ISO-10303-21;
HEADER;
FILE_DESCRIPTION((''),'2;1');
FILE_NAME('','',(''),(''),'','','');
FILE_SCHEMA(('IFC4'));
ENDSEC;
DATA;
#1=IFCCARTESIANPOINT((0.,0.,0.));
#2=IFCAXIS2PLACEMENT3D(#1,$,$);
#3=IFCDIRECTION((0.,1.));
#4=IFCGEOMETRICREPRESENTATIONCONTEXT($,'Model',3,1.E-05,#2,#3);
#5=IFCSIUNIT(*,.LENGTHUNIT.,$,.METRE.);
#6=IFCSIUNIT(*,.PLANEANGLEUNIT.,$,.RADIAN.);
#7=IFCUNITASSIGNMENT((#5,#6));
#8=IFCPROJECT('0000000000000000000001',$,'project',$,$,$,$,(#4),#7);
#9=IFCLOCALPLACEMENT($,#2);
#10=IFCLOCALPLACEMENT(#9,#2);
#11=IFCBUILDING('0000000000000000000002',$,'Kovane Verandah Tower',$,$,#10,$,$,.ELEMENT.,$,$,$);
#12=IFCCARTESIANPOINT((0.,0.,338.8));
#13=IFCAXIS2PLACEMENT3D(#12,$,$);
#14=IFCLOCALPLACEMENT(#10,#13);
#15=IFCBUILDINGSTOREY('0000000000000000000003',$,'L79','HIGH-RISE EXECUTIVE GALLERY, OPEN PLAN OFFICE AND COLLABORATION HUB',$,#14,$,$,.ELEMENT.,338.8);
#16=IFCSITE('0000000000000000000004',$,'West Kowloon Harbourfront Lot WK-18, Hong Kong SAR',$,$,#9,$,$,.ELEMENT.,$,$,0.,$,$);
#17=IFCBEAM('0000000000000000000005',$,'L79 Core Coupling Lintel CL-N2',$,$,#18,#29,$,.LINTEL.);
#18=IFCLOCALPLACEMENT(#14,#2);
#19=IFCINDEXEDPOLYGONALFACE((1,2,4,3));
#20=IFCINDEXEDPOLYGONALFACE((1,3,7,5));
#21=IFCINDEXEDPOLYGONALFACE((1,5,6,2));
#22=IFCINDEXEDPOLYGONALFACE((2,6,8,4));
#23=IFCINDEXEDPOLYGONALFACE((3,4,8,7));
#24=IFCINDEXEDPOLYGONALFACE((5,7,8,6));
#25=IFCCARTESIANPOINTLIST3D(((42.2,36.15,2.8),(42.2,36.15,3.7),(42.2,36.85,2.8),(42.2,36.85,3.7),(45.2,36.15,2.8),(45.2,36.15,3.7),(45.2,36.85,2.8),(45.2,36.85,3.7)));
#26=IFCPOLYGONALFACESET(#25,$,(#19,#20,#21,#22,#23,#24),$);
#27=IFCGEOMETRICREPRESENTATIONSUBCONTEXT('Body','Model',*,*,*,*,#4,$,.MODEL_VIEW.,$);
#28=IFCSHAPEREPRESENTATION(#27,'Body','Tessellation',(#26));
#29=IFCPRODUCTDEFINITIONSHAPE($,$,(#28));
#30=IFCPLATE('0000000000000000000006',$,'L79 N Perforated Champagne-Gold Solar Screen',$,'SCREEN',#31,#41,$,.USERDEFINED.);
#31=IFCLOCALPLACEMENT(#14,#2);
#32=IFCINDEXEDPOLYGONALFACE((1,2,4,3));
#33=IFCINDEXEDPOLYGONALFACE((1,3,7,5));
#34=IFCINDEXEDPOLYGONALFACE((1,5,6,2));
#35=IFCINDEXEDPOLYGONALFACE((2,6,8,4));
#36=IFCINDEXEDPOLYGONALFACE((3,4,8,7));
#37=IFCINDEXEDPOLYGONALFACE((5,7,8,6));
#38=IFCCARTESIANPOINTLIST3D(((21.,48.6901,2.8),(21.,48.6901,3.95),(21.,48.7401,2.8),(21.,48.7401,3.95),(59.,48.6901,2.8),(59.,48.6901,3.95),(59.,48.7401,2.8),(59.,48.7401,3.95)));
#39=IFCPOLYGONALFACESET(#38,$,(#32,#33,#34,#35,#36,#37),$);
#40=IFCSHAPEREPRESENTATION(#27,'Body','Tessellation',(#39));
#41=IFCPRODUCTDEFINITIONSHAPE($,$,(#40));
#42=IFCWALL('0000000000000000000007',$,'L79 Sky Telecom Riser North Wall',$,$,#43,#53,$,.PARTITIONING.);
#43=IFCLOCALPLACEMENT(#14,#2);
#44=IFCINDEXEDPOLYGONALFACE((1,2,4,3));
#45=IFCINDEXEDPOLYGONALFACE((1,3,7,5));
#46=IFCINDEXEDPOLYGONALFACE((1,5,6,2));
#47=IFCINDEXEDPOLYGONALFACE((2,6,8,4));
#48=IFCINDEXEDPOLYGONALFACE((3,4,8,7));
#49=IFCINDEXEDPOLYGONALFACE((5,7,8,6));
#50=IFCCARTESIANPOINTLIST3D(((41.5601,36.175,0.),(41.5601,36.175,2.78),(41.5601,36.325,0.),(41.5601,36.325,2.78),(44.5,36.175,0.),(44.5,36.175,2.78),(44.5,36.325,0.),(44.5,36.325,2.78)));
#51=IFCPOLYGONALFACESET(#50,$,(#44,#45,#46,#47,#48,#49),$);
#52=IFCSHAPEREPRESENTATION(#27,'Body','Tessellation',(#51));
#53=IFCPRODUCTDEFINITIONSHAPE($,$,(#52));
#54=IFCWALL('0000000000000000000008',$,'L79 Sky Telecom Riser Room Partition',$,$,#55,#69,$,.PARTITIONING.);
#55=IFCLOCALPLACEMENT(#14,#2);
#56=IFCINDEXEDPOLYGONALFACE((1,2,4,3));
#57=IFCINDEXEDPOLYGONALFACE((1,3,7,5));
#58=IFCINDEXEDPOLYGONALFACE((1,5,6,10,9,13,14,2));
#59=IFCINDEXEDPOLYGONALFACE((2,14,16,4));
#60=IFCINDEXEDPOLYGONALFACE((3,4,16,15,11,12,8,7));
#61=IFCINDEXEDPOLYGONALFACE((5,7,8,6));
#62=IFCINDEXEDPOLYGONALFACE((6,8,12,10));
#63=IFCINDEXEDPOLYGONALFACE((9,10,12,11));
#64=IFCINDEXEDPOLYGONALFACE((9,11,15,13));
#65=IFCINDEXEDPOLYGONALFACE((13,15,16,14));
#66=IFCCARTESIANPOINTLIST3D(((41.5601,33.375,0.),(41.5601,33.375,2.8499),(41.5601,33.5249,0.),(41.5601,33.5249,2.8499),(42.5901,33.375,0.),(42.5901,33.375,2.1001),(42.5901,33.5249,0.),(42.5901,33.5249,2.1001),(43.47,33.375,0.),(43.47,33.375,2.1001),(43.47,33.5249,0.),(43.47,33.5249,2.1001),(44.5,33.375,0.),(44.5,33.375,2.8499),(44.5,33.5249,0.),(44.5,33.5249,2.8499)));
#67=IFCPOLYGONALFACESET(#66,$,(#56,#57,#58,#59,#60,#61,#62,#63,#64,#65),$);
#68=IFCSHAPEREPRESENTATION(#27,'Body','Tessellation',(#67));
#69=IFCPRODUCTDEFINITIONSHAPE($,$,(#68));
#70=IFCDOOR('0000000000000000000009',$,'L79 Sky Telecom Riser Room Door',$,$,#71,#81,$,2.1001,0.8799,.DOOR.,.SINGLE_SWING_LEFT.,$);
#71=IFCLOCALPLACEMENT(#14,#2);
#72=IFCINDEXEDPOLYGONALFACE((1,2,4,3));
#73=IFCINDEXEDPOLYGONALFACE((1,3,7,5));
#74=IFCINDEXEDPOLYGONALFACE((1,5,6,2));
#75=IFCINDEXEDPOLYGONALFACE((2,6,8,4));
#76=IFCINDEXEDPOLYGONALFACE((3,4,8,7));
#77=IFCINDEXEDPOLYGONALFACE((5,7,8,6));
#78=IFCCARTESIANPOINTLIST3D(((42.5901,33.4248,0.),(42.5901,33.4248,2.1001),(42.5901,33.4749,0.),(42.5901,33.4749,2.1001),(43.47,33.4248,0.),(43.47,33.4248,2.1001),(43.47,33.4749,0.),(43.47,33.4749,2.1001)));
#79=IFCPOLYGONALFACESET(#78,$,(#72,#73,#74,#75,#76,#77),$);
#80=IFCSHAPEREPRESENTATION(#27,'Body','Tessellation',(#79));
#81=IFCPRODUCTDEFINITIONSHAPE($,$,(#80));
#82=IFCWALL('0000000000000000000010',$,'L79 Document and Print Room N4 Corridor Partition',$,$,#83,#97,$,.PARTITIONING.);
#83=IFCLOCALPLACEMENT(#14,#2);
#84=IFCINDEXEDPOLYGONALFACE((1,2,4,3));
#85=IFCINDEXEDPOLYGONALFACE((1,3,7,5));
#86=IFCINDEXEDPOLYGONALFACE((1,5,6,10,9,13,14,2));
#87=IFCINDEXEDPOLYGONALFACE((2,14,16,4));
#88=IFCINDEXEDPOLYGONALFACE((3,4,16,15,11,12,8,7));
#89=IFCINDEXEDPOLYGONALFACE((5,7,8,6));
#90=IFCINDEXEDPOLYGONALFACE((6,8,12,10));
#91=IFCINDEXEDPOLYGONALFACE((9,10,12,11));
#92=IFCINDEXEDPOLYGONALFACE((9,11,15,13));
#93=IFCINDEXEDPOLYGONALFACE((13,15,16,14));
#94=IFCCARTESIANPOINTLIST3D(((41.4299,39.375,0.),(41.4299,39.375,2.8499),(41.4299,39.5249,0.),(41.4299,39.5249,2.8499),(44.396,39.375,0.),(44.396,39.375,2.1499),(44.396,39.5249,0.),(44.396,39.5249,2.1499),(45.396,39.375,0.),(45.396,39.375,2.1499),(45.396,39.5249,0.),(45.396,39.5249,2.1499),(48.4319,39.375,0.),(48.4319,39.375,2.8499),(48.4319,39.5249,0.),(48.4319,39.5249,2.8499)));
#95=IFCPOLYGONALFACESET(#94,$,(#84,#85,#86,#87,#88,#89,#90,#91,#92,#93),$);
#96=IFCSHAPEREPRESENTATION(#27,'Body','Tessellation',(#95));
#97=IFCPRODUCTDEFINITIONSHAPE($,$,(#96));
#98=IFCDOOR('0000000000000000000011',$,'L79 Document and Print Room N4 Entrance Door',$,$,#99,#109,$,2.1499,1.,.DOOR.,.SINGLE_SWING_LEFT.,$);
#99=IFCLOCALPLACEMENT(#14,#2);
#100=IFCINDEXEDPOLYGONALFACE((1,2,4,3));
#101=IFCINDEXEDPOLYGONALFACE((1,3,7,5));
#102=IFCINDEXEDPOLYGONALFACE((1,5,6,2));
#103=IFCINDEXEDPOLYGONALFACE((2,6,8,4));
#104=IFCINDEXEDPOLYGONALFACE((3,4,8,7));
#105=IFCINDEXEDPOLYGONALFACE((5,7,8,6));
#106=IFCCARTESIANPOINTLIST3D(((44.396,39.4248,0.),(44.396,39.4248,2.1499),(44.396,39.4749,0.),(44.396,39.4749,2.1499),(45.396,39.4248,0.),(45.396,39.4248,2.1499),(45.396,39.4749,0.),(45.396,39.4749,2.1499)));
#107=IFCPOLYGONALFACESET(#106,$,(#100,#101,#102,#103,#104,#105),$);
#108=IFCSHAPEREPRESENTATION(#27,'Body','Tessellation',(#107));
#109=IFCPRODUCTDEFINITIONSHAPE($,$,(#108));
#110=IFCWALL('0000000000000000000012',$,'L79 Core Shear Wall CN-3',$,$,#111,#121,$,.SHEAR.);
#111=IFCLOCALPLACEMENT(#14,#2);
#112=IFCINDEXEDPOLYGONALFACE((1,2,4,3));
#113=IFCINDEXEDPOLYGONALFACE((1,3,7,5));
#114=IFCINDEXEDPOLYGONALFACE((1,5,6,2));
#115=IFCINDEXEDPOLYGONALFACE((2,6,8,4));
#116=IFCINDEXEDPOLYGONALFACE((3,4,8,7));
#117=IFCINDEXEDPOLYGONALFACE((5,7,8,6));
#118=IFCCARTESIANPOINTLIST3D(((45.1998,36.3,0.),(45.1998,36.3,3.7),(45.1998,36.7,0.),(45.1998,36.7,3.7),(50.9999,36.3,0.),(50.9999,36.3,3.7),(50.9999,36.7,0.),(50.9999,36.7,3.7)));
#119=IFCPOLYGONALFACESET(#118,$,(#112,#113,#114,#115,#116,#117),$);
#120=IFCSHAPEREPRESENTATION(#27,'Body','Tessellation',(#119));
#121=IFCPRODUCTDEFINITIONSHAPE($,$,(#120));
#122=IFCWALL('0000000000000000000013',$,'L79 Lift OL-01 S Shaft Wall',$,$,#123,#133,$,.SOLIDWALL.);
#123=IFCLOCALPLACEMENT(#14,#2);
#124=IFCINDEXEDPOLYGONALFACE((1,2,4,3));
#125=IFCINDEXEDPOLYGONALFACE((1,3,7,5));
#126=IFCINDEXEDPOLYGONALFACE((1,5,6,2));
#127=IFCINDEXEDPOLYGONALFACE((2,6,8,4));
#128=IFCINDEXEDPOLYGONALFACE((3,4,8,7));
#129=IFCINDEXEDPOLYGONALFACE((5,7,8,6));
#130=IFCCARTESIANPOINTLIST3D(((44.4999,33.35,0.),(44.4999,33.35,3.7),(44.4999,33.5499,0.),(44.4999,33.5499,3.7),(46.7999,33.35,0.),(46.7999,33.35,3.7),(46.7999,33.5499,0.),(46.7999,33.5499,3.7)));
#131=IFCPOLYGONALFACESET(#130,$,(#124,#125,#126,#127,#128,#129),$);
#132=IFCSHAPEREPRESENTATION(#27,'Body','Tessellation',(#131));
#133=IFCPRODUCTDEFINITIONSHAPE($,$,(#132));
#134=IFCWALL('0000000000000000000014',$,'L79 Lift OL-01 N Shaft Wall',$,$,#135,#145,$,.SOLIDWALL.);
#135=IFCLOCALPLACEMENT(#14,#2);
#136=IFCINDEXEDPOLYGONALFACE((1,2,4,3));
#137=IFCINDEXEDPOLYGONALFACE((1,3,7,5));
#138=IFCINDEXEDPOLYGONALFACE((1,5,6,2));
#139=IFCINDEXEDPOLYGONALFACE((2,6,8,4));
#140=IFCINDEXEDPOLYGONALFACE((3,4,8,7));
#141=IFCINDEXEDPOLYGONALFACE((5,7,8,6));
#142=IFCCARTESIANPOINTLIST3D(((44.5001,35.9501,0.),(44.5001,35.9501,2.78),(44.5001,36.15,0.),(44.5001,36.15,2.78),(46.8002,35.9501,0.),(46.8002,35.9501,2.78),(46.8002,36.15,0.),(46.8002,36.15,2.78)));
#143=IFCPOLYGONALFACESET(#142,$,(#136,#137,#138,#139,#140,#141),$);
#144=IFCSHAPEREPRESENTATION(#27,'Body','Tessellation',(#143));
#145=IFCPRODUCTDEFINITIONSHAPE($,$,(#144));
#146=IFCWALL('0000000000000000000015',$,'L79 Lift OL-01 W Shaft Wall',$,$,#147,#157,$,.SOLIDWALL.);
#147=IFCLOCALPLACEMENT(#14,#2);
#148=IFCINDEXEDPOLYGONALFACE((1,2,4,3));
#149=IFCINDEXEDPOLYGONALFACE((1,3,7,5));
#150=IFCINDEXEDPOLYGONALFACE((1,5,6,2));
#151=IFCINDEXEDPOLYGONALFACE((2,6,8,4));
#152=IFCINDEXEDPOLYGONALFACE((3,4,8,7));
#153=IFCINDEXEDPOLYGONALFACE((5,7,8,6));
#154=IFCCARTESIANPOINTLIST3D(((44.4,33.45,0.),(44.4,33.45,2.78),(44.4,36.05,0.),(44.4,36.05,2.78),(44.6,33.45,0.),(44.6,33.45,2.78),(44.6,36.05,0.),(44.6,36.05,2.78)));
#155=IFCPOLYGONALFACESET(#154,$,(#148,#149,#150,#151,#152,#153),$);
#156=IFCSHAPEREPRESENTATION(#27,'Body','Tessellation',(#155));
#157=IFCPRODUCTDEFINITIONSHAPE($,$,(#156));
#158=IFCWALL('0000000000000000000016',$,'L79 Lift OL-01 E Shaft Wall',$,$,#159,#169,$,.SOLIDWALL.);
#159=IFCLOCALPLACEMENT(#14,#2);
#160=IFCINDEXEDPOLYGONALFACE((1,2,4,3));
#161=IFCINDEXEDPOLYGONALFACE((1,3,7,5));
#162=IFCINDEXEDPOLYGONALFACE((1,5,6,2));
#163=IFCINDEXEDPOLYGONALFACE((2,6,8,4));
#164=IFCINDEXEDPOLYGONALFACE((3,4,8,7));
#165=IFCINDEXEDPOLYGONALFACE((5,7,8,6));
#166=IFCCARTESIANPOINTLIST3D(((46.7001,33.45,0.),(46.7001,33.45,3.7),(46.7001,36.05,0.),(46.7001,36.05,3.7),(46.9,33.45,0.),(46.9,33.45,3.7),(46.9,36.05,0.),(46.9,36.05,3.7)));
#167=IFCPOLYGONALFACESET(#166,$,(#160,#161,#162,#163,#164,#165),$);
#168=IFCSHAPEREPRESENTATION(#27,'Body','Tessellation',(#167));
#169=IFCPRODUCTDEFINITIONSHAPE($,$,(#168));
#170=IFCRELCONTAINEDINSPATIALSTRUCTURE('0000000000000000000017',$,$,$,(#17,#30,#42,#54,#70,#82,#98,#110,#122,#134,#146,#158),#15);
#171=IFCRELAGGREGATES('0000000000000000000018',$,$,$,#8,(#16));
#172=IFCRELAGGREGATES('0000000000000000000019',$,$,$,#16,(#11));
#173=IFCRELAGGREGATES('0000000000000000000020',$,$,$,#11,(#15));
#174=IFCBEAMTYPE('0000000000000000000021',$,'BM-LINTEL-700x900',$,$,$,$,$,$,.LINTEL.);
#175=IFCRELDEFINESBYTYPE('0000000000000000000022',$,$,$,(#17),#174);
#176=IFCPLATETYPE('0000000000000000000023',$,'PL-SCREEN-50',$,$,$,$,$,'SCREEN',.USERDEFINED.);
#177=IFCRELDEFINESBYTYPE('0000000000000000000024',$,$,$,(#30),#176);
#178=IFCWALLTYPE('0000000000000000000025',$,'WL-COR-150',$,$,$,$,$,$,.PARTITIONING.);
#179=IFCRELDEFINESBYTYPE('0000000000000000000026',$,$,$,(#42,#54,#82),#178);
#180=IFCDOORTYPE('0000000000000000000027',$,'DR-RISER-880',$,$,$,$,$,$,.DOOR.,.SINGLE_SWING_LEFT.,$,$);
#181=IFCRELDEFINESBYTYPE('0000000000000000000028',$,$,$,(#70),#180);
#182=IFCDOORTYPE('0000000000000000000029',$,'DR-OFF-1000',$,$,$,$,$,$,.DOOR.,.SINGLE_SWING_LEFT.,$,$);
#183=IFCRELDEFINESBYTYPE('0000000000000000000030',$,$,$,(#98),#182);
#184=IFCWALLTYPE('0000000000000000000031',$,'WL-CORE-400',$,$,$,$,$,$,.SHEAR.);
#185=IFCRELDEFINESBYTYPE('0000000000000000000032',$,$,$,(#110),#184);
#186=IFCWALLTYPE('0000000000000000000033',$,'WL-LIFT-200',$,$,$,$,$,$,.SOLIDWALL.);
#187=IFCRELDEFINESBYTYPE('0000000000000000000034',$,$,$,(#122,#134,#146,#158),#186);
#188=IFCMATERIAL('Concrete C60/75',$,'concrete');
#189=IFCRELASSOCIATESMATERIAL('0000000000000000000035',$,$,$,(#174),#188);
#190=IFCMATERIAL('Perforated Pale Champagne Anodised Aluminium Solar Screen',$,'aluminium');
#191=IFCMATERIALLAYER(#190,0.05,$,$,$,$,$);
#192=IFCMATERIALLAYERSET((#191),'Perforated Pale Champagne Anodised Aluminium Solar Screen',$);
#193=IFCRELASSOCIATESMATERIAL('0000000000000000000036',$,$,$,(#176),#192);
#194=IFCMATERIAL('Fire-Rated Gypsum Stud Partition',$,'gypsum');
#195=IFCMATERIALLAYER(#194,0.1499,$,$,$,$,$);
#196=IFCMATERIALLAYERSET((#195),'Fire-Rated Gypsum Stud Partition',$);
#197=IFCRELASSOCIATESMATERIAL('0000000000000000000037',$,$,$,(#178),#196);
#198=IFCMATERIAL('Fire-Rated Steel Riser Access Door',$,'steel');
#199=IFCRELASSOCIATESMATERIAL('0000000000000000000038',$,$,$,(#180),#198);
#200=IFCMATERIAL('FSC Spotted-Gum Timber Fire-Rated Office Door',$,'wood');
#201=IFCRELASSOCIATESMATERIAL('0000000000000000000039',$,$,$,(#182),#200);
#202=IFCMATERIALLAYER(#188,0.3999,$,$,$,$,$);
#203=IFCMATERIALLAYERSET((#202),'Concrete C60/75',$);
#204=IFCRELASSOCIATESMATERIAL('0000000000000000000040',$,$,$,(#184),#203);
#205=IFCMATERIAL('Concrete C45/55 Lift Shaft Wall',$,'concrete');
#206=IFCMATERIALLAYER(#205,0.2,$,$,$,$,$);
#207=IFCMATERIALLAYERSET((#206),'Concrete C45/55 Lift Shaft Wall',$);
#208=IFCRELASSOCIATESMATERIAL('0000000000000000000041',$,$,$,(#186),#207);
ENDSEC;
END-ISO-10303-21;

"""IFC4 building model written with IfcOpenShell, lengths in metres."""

from ifc_helpers import new_model, si_unit, direction, frame, frame_2d, origin, origin_2d, place, context, subcontext, project, spatial, rectangle, extrude, material, layer, layer_set, material_profile, profile_set, type_object, element, fill, save


model = new_model("IFC4")

# Units and contexts
model_context = context("Model", 3, precision=1e-05, world=origin(), true_north=direction((0.0, 1.0)))
body_context = subcontext(model_context, "Body", "Model", "MODEL_VIEW")
ifc_project = project(units=[si_unit("LENGTHUNIT", "METRE"), si_unit("PLANEANGLEUNIT", "RADIAN")], contexts=[model_context])

# Site, building, storey
site_placement = place(None, origin())
site = spatial("IfcSite", under=ifc_project, at=site_placement, Name="West Kowloon Harbourfront Lot WK-18, Hong Kong SAR", CompositionType="ELEMENT", RefElevation=0.0)
building_placement = place(site_placement, origin())
building = spatial("IfcBuilding", under=site, at=building_placement, Name="Kovane Verandah Tower", CompositionType="ELEMENT")
storey_placement = place(building_placement, frame((0.0, 0.0, 338.8)))
storey = spatial("IfcBuildingStorey", under=building, at=storey_placement, Name="L79", Description="HIGH-RISE EXECUTIVE GALLERY, OPEN PLAN OFFICE AND COLLABORATION HUB", CompositionType="ELEMENT", Elevation=338.8)

# Beam
ifc_material_1 = material(Name="Concrete C60/75", Category="concrete")
ifc_material_profile = material_profile(ifc_material_1, rectangle(XDim=0.7, YDim=0.8999, at=origin_2d()), Name="RCB700x900")
ifc_profile_set = profile_set([ifc_material_profile], Name="Concrete C60/75")
beam_type = type_object("IfcBeamType", Name="BM-LINTEL-700x900", PredefinedType="LINTEL", material=ifc_profile_set)
beam_placement = place(storey_placement, frame((42.2, 36.5, 3.25), z_axis=(1.0, 0.0, 0.0), x_axis=(0.0, 1.0, 0.0)))
element("IfcBeam", 1, at=beam_placement, inside=storey, type_object=beam_type, Name="L79 Core Coupling Lintel CL-N2", PredefinedType="LINTEL", context=body_context, shape_type="SweptSolid", body=[
    extrude(rectangle(XDim=0.7, YDim=0.8999, at=origin_2d()), origin(), (0.0, 0.0, 1.0), 3.0),
])

# Plate
ifc_material_2 = material(Name="Perforated Pale Champagne Anodised Aluminium Solar Screen", Category="aluminium")
ifc_layer_1 = layer(ifc_material_2, 0.05)
ifc_layer_set_1 = layer_set([ifc_layer_1], Name="Perforated Pale Champagne Anodised Aluminium Solar Screen")
plate_type = type_object("IfcPlateType", Name="PL-SCREEN-50", ElementType="SCREEN", PredefinedType="USERDEFINED", material=ifc_layer_set_1)
plate_placement = place(storey_placement, frame((40.0, 48.7151, 2.8), z_axis=(0.0, 0.0, 1.0), x_axis=(-1.0, 0.0, 0.0)))
element("IfcPlate", 2, at=plate_placement, inside=storey, type_object=plate_type, Name="L79 N Perforated Champagne-Gold Solar Screen", ObjectType="SCREEN", PredefinedType="USERDEFINED", context=body_context, shape_type="SweptSolid", body=[
    extrude(rectangle(XDim=38.0, YDim=0.05, at=origin_2d()), origin(), (0.0, 0.0, 1.0), 1.1499),
])

# Wall
ifc_material_3 = material(Name="Fire-Rated Gypsum Stud Partition", Category="gypsum")
ifc_layer_2 = layer(ifc_material_3, 0.1499)
ifc_layer_set_2 = layer_set([ifc_layer_2], Name="Fire-Rated Gypsum Stud Partition")
wall_type_1 = type_object("IfcWallType", Name="WL-COR-150", PredefinedType="PARTITIONING", material=ifc_layer_set_2)
wall_1_placement = place(storey_placement, frame((41.5601, 36.25, 0.0), z_axis=(0.0, 0.0, 1.0), x_axis=(1.0, 0.0, 0.0)))
element("IfcWall", 3, at=wall_1_placement, inside=storey, type_object=wall_type_1, Name="L79 Sky Telecom Riser North Wall", PredefinedType="PARTITIONING", context=body_context, shape_type="SweptSolid", body=[
    extrude(rectangle(XDim=2.9399, YDim=0.1499, at=frame_2d((1.47, 0.0))), origin(), (0.0, 0.0, 1.0), 2.78),
])

# Walls, openings, doors
wall_2_placement = place(storey_placement, frame((41.5601, 33.45, 0.0), z_axis=(0.0, 0.0, 1.0), x_axis=(1.0, 0.0, 0.0)))
wall_2 = element("IfcWall", 4, at=wall_2_placement, inside=storey, type_object=wall_type_1, Name="L79 Sky Telecom Riser Room Partition", PredefinedType="PARTITIONING", context=body_context, shape_type="SweptSolid", body=[
    extrude(rectangle(XDim=2.9399, YDim=0.1499, at=frame_2d((1.47, 0.0))), origin(), (0.0, 0.0, 1.0), 2.8499),
])
opening_1_placement = place(wall_2_placement, frame((1.03, 0.0, 0.0)))
opening_1 = element("IfcOpeningElement", 5, at=opening_1_placement, cuts=wall_2, PredefinedType="OPENING", context=body_context, shape_type="SweptSolid", body=[
    extrude(rectangle(XDim=0.8799, YDim=2.1001, at=frame_2d((0.4399, 1.05))), frame((0.0, 0.075, 0.0), z_axis=(0.0, -1.0, 0.0), x_axis=(1.0, 0.0, 0.0)), (0.0, 0.0, 1.0), 0.1499),
])
ifc_material_4 = material(Name="Fire-Rated Steel Riser Access Door", Category="steel")
door_type_1 = type_object("IfcDoorType", Name="DR-RISER-880", OperationType="SINGLE_SWING_LEFT", PredefinedType="DOOR", material=ifc_material_4)
door_1_placement = place(opening_1_placement, origin())
door_1 = element("IfcDoor", 6, at=door_1_placement, inside=storey, type_object=door_type_1, Name="L79 Sky Telecom Riser Room Door", OperationType="SINGLE_SWING_LEFT", OverallHeight=2.1001, OverallWidth=0.8799, PredefinedType="DOOR", context=body_context, shape_type="SweptSolid", body=[
    extrude(rectangle(XDim=0.8799, YDim=2.1001, at=frame_2d((0.4399, 1.05))), frame((0.0, 0.0249, 0.0), z_axis=(0.0, -1.0, 0.0), x_axis=(1.0, 0.0, 0.0)), (0.0, 0.0, 1.0), 0.05),
])
fill(opening_1, door_1)
wall_3_placement = place(storey_placement, frame((41.4299, 39.45, 0.0), z_axis=(0.0, 0.0, 1.0), x_axis=(1.0, 0.0, 0.0)))
wall_3 = element("IfcWall", 7, at=wall_3_placement, inside=storey, type_object=wall_type_1, Name="L79 Document and Print Room N4 Corridor Partition", PredefinedType="PARTITIONING", context=body_context, shape_type="SweptSolid", body=[
    extrude(rectangle(XDim=7.002, YDim=0.1499, at=frame_2d((3.501, 0.0))), origin(), (0.0, 0.0, 1.0), 2.8499),
])
opening_2_placement = place(wall_3_placement, frame((2.9661, 0.0, 0.0)))
opening_2 = element("IfcOpeningElement", 8, at=opening_2_placement, cuts=wall_3, PredefinedType="OPENING", context=body_context, shape_type="SweptSolid", body=[
    extrude(rectangle(XDim=1.0, YDim=2.1499, at=frame_2d((0.5, 1.075))), frame((0.0, 0.075, 0.0), z_axis=(0.0, -1.0, 0.0), x_axis=(1.0, 0.0, 0.0)), (0.0, 0.0, 1.0), 0.1499),
])
ifc_material_5 = material(Name="FSC Spotted-Gum Timber Fire-Rated Office Door", Category="wood")
door_type_2 = type_object("IfcDoorType", Name="DR-OFF-1000", OperationType="SINGLE_SWING_LEFT", PredefinedType="DOOR", material=ifc_material_5)
door_2_placement = place(opening_2_placement, origin())
door_2 = element("IfcDoor", 9, at=door_2_placement, inside=storey, type_object=door_type_2, Name="L79 Document and Print Room N4 Entrance Door", OperationType="SINGLE_SWING_LEFT", OverallHeight=2.1499, OverallWidth=1.0, PredefinedType="DOOR", context=body_context, shape_type="SweptSolid", body=[
    extrude(rectangle(XDim=1.0, YDim=2.1499, at=frame_2d((0.5, 1.075))), frame((0.0, 0.0249, 0.0), z_axis=(0.0, -1.0, 0.0), x_axis=(1.0, 0.0, 0.0)), (0.0, 0.0, 1.0), 0.05),
])
fill(opening_2, door_2)

# Walls
ifc_layer_3 = layer(ifc_material_1, 0.3999)
ifc_layer_set_3 = layer_set([ifc_layer_3], Name="Concrete C60/75")
wall_type_2 = type_object("IfcWallType", Name="WL-CORE-400", PredefinedType="SHEAR", material=ifc_layer_set_3)
wall_4_placement = place(storey_placement, frame((45.2, 36.5, 0.0), z_axis=(0.0, 0.0, 1.0), x_axis=(1.0, 0.0, 0.0)))
element("IfcWall", 10, at=wall_4_placement, inside=storey, type_object=wall_type_2, Name="L79 Core Shear Wall CN-3", PredefinedType="SHEAR", context=body_context, shape_type="SweptSolid", body=[
    extrude(rectangle(XDim=5.8, YDim=0.3999, at=frame_2d((2.8999, 0.0))), origin(), (0.0, 0.0, 1.0), 3.7),
])
ifc_material_6 = material(Name="Concrete C45/55 Lift Shaft Wall", Category="concrete")
ifc_layer_4 = layer(ifc_material_6, 0.2)
ifc_layer_set_4 = layer_set([ifc_layer_4], Name="Concrete C45/55 Lift Shaft Wall")
wall_type_3 = type_object("IfcWallType", Name="WL-LIFT-200", PredefinedType="SOLIDWALL", material=ifc_layer_set_4)
wall_5_placement = place(storey_placement, frame((44.5, 33.45, 0.0), z_axis=(0.0, 0.0, 1.0), x_axis=(1.0, 0.0, 0.0)))
element("IfcWall", 11, at=wall_5_placement, inside=storey, type_object=wall_type_3, Name="L79 Lift OL-01 S Shaft Wall", PredefinedType="SOLIDWALL", context=body_context, shape_type="SweptSolid", body=[
    extrude(rectangle(XDim=2.3, YDim=0.2, at=frame_2d((1.1499, 0.0))), origin(), (0.0, 0.0, 1.0), 3.7),
])
wall_6_placement = place(storey_placement, frame((46.8, 36.05, 0.0), z_axis=(0.0, 0.0, 1.0), x_axis=(-1.0, 0.0, 0.0)))
element("IfcWall", 12, at=wall_6_placement, inside=storey, type_object=wall_type_3, Name="L79 Lift OL-01 N Shaft Wall", PredefinedType="SOLIDWALL", context=body_context, shape_type="SweptSolid", body=[
    extrude(rectangle(XDim=2.3, YDim=0.2, at=frame_2d((1.1499, 0.0))), origin(), (0.0, 0.0, 1.0), 2.78),
])
wall_7_placement = place(storey_placement, frame((44.5, 36.05, 0.0), z_axis=(0.0, 0.0, 1.0), x_axis=(0.0, -1.0, 0.0)))
element("IfcWall", 13, at=wall_7_placement, inside=storey, type_object=wall_type_3, Name="L79 Lift OL-01 W Shaft Wall", PredefinedType="SOLIDWALL", context=body_context, shape_type="SweptSolid", body=[
    extrude(rectangle(XDim=2.6001, YDim=0.2, at=frame_2d((1.3, 0.0))), origin(), (0.0, 0.0, 1.0), 2.78),
])
wall_8_placement = place(storey_placement, frame((46.8, 33.45, 0.0), z_axis=(0.0, 0.0, 1.0), x_axis=(0.0, 1.0, 0.0)))
element("IfcWall", 14, at=wall_8_placement, inside=storey, type_object=wall_type_3, Name="L79 Lift OL-01 E Shaft Wall", PredefinedType="SOLIDWALL", context=body_context, shape_type="SweptSolid", body=[
    extrude(rectangle(XDim=2.6001, YDim=0.2, at=frame_2d((1.3, 0.0))), origin(), (0.0, 0.0, 1.0), 3.7),
])

save(model, "model.ifc")
